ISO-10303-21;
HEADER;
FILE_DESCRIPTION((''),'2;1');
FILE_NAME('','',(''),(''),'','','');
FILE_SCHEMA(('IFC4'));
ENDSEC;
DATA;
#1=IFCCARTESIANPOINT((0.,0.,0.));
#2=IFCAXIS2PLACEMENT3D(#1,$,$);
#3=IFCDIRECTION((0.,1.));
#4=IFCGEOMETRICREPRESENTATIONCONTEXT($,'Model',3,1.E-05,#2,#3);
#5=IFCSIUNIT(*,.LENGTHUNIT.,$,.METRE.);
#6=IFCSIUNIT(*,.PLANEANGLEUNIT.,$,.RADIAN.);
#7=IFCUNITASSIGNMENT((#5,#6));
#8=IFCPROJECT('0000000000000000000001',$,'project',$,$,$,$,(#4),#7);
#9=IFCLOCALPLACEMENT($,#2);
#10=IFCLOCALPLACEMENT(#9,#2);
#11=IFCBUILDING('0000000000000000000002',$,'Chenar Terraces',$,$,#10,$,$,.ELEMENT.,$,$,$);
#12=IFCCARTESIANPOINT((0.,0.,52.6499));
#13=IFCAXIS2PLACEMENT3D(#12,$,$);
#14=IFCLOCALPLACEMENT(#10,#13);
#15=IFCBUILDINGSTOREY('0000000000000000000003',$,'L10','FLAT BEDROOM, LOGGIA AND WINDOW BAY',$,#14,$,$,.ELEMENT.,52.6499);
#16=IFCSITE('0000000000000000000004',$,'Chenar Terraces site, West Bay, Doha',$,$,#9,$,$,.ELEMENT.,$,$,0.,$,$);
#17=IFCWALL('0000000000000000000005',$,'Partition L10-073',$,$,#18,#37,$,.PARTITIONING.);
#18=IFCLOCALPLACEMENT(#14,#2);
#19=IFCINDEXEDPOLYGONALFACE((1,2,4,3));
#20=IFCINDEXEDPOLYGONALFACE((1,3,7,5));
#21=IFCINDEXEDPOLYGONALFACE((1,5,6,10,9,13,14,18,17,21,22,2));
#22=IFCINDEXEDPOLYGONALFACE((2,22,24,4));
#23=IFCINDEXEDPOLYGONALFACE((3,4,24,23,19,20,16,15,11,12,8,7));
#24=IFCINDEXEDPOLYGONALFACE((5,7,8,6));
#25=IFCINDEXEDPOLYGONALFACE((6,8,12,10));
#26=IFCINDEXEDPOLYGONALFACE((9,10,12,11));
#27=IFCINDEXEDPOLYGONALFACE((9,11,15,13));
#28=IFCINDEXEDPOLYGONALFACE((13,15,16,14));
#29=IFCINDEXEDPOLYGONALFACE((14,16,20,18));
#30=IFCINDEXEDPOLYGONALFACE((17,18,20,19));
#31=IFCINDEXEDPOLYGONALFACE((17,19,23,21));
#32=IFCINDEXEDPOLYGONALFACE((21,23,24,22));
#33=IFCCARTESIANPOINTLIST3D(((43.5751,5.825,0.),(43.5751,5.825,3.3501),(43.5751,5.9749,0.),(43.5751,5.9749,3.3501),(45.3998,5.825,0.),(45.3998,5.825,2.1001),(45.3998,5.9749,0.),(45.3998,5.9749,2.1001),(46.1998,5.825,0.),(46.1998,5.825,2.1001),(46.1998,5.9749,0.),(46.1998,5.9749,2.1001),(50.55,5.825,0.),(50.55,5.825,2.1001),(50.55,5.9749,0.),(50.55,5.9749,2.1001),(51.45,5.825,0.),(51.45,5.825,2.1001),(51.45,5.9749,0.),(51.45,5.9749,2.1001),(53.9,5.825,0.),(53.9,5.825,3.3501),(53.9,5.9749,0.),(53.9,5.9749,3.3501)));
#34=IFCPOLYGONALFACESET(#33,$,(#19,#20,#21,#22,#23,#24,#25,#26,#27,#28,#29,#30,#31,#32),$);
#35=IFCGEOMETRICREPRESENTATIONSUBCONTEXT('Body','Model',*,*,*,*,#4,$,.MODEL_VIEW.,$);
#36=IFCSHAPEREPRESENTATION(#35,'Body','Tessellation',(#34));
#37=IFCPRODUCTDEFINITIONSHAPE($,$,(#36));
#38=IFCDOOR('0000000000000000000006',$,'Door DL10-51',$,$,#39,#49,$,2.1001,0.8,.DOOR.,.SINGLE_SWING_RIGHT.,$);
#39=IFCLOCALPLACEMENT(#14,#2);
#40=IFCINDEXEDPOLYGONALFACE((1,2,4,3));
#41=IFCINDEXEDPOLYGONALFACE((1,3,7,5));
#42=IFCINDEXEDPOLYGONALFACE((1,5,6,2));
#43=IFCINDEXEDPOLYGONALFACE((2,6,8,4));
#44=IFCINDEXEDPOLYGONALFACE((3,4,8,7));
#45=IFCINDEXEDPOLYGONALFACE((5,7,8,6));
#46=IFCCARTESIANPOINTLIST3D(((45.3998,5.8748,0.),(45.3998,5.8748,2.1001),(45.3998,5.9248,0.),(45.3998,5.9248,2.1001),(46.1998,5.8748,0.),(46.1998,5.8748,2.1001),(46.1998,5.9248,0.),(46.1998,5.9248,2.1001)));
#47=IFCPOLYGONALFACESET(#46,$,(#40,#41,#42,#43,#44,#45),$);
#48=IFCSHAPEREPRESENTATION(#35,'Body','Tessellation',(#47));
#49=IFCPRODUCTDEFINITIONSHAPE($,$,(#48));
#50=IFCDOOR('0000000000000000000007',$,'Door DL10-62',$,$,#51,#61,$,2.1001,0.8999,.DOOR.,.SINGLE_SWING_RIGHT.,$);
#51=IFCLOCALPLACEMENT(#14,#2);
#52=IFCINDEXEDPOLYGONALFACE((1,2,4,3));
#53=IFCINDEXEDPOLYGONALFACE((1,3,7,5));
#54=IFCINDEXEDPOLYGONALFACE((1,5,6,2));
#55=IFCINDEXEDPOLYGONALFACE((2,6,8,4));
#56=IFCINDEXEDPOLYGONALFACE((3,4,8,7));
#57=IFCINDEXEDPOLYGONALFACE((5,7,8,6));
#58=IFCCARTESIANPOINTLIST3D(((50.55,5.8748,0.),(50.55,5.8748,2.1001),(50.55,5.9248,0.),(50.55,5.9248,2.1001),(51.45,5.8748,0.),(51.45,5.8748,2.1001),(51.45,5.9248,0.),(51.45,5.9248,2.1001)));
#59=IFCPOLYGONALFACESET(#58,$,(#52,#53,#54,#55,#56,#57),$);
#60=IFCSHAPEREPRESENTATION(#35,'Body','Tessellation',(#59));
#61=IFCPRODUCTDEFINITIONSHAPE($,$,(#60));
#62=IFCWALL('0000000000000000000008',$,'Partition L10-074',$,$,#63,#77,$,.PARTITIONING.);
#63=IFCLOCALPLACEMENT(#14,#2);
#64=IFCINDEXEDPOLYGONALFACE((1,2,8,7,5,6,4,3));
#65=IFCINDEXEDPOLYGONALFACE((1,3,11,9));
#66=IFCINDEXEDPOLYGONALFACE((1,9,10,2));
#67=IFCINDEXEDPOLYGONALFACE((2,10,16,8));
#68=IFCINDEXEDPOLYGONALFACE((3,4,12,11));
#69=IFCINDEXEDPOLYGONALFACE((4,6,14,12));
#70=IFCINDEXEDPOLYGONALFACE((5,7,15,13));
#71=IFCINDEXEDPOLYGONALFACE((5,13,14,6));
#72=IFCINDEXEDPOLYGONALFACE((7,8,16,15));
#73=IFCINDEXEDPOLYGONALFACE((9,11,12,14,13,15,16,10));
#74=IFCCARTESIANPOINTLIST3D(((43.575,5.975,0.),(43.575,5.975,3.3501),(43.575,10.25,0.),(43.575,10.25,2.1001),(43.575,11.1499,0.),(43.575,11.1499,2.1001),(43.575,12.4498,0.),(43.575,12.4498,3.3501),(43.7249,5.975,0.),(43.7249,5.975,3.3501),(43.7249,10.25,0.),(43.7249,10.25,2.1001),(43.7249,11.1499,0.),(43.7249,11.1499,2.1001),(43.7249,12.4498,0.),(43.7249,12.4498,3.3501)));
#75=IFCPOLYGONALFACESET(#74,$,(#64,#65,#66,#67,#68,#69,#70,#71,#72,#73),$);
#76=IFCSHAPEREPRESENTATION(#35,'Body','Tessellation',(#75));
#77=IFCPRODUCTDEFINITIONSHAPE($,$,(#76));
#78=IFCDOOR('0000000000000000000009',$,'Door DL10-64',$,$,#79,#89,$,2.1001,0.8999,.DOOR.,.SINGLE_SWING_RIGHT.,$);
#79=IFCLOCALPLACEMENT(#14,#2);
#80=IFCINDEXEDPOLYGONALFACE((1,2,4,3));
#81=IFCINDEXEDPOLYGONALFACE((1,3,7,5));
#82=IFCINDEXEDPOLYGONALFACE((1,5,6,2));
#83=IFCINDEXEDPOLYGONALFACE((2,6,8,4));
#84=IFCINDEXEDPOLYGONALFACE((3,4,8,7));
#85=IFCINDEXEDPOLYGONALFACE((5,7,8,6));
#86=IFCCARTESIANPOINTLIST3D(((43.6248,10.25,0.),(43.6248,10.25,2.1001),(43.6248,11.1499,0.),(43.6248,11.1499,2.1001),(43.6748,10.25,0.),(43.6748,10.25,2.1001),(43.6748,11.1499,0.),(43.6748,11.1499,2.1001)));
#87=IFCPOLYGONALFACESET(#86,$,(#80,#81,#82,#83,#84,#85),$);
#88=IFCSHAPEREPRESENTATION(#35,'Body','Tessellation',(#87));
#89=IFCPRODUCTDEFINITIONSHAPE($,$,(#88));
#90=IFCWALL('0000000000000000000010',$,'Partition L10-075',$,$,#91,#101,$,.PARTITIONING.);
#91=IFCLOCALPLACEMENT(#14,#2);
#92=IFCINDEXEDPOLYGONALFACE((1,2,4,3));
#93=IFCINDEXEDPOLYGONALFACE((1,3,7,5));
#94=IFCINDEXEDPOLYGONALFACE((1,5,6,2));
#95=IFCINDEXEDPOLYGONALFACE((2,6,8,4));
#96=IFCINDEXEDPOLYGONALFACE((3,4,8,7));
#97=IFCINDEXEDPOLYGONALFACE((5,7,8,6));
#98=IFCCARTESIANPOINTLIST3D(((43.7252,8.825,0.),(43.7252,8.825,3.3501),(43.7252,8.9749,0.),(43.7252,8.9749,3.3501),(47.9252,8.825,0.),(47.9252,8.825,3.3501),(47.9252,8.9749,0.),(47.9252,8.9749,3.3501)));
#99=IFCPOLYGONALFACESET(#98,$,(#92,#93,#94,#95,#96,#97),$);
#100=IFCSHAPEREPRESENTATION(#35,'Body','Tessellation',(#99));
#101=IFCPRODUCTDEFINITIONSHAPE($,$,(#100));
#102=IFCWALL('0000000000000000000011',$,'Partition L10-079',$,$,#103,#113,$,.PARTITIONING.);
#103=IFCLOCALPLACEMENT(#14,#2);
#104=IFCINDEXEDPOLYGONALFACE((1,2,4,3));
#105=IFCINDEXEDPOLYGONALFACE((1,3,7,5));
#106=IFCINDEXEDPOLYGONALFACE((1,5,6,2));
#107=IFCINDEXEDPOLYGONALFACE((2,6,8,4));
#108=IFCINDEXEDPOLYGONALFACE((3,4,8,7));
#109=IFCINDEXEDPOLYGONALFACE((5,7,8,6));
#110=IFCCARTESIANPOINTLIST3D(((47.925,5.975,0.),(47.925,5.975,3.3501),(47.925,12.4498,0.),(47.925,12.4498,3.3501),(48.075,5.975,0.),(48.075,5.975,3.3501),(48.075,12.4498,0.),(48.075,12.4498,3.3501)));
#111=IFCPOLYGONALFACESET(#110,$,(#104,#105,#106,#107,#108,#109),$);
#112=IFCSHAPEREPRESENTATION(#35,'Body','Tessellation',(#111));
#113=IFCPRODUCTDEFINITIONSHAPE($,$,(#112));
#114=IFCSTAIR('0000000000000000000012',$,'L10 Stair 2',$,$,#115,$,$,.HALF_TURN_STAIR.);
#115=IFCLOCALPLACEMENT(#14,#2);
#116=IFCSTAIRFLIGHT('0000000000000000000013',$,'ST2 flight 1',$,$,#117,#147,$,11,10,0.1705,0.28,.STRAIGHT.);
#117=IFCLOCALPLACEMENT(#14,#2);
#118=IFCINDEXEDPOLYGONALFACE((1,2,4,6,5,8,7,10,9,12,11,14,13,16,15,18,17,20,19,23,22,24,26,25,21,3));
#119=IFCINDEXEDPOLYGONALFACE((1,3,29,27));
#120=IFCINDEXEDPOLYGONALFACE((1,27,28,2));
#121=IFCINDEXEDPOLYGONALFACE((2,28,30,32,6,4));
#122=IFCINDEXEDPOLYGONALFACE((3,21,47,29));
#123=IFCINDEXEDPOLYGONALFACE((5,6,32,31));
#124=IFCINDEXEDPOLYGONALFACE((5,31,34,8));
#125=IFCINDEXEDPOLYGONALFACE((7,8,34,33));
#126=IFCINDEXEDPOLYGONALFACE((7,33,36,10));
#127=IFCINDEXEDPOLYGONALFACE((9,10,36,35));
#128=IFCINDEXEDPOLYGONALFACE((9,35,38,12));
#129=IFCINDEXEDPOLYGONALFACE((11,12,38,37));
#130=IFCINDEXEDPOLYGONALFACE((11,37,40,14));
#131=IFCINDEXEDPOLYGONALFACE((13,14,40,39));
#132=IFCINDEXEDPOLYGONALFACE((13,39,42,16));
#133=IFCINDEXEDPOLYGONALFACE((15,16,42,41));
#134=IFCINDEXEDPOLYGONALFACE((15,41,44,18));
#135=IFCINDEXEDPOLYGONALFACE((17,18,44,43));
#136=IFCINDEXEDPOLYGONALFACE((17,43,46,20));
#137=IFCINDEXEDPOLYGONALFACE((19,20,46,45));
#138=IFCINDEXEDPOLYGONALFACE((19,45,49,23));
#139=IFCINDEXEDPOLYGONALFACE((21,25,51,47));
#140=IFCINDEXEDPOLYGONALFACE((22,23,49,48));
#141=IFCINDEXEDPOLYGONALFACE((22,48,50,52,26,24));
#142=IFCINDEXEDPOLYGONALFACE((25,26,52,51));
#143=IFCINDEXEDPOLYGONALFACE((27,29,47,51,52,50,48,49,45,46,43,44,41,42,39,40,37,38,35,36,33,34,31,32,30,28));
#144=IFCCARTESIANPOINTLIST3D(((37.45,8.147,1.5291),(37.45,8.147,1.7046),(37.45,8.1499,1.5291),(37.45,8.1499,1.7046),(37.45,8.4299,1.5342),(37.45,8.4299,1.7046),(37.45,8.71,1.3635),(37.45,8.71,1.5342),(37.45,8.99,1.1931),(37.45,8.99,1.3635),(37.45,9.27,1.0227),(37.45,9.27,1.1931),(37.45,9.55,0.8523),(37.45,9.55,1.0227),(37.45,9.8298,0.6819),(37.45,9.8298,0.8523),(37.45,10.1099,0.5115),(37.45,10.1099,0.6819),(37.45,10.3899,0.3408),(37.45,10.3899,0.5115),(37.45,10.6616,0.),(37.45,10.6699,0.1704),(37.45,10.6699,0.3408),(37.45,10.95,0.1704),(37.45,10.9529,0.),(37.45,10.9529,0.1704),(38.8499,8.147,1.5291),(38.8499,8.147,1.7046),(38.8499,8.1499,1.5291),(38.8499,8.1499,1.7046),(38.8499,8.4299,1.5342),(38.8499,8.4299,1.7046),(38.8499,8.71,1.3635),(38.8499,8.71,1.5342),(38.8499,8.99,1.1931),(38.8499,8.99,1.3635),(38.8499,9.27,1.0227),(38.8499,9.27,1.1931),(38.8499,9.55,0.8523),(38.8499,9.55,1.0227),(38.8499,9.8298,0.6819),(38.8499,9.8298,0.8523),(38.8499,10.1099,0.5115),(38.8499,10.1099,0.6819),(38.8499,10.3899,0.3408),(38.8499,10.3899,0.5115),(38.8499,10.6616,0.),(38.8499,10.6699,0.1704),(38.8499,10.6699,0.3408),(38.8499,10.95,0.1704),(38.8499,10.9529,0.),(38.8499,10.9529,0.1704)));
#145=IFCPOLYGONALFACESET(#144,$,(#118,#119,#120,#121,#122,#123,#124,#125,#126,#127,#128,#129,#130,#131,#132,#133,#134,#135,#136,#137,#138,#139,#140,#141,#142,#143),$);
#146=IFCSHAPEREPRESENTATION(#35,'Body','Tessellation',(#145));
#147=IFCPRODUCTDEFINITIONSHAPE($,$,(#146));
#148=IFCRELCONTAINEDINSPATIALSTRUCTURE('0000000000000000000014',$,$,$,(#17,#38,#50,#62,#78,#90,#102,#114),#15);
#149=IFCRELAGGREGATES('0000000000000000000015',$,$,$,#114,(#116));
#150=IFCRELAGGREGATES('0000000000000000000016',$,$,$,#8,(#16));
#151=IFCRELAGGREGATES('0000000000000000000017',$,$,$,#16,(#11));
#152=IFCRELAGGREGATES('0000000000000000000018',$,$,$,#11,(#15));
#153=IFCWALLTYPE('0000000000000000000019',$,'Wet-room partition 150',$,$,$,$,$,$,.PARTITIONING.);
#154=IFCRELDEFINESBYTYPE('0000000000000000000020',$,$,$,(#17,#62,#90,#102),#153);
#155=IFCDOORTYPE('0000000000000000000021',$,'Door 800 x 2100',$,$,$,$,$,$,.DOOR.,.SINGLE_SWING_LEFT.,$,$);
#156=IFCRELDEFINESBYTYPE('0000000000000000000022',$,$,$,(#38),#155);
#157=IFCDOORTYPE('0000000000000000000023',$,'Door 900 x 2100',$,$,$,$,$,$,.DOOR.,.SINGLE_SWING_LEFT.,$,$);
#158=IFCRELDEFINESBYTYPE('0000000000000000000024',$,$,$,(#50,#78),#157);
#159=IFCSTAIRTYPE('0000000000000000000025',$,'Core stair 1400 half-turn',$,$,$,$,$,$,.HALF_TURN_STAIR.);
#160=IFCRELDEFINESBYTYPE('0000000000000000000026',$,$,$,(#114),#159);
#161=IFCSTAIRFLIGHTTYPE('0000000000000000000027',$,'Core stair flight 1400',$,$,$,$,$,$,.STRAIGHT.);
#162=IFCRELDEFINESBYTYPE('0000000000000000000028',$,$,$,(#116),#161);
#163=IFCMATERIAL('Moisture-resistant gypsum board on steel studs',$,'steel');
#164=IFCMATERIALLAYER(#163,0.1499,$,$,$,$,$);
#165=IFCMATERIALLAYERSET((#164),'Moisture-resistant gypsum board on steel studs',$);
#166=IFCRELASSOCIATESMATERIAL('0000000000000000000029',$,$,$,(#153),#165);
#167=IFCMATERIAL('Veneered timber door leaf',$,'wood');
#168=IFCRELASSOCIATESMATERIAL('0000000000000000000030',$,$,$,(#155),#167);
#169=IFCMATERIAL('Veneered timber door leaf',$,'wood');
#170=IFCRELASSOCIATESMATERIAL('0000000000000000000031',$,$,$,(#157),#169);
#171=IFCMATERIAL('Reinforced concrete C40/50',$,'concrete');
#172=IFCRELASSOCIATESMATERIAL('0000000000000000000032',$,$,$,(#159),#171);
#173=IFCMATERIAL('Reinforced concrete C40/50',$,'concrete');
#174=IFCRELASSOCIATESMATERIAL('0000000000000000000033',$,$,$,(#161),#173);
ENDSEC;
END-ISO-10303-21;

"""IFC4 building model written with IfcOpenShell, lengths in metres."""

from ifc_helpers import new_model, si_unit, direction, frame, frame_2d, origin, place, context, subcontext, project, spatial, polyline, rectangle, outline, extrude, material, layer, layer_set, type_object, element, fill, aggregate, save


model = new_model("IFC4")

# Units and contexts
model_context = context("Model", 3, precision=1e-05, world=origin(), true_north=direction((0.0, 1.0)))
body_context = subcontext(model_context, "Body", "Model", "MODEL_VIEW")
ifc_project = project(units=[si_unit("LENGTHUNIT", "METRE"), si_unit("PLANEANGLEUNIT", "RADIAN")], contexts=[model_context])

# Site, building, storey
site_placement = place(None, origin())
site = spatial("IfcSite", under=ifc_project, at=site_placement, Name="Chenar Terraces site, West Bay, Doha", CompositionType="ELEMENT", RefElevation=0.0)
building_placement = place(site_placement, origin())
building = spatial("IfcBuilding", under=site, at=building_placement, Name="Chenar Terraces", CompositionType="ELEMENT")
storey_placement = place(building_placement, frame((0.0, 0.0, 52.6499)))
storey = spatial("IfcBuildingStorey", under=building, at=storey_placement, Name="L10", Description="FLAT BEDROOM, LOGGIA AND WINDOW BAY", CompositionType="ELEMENT", Elevation=52.6499)

# Wall, openings, doors
ifc_material_1 = material(Name="Moisture-resistant gypsum board on steel studs", Category="steel")
ifc_layer_1 = layer(ifc_material_1, 0.1499)
ifc_layer_set_1 = layer_set([ifc_layer_1], Name="Moisture-resistant gypsum board on steel studs")
wall_type_1 = type_object("IfcWallType", Name="Wet-room partition 150", PredefinedType="PARTITIONING", material=ifc_layer_set_1)
wall_1_placement = place(storey_placement, frame((43.575, 5.8999, 0.0), z_axis=(0.0, 0.0, 1.0), x_axis=(1.0, 0.0, 0.0)))
wall_1 = element("IfcWall", 1, at=wall_1_placement, inside=storey, type_object=wall_type_1, Name="Partition L10-073", PredefinedType="PARTITIONING", context=body_context, shape_type="SweptSolid", body=[
    extrude(rectangle(XDim=10.325, YDim=0.1499, at=frame_2d((5.1626, 0.0))), origin(), (0.0, 0.0, 1.0), 3.3501),
])
opening_1_placement = place(wall_1_placement, frame((1.825, 0.0, 0.0)))
opening_1 = element("IfcOpeningElement", 2, at=opening_1_placement, cuts=wall_1, PredefinedType="OPENING", context=body_context, shape_type="SweptSolid", body=[
    extrude(rectangle(XDim=0.8, YDim=2.1001, at=frame_2d((0.3999, 1.05))), frame((0.0, 0.085, 0.0), z_axis=(0.0, -1.0, 0.0), x_axis=(1.0, 0.0, 0.0)), (0.0, 0.0, 1.0), 0.1699),
])
opening_2_placement = place(wall_1_placement, frame((6.9751, 0.0, 0.0)))
opening_2 = element("IfcOpeningElement", 3, at=opening_2_placement, cuts=wall_1, PredefinedType="OPENING", context=body_context, shape_type="SweptSolid", body=[
    extrude(rectangle(XDim=0.8999, YDim=2.1001, at=frame_2d((0.45, 1.05))), frame((0.0, 0.085, 0.0), z_axis=(0.0, -1.0, 0.0), x_axis=(1.0, 0.0, 0.0)), (0.0, 0.0, 1.0), 0.1699),
])
ifc_material_2 = material(Name="Veneered timber door leaf", Category="wood")
door_type_1 = type_object("IfcDoorType", Name="Door 800 x 2100", OperationType="SINGLE_SWING_LEFT", PredefinedType="DOOR", material=ifc_material_2)
door_1_placement = place(opening_1_placement, origin())
door_1 = element("IfcDoor", 4, at=door_1_placement, inside=storey, type_object=door_type_1, Name="Door DL10-51", OperationType="SINGLE_SWING_RIGHT", OverallHeight=2.1001, OverallWidth=0.8, PredefinedType="DOOR", context=body_context, shape_type="SweptSolid", body=[
    extrude(rectangle(XDim=0.8, YDim=2.1001, at=frame_2d((0.3999, 1.05))), frame((0.0, 0.0249, 0.0), z_axis=(0.0, -1.0, 0.0), x_axis=(1.0, 0.0, 0.0)), (0.0, 0.0, 1.0), 0.05),
])
fill(opening_1, door_1)
ifc_material_3 = material(Name="Veneered timber door leaf", Category="wood")
door_type_2 = type_object("IfcDoorType", Name="Door 900 x 2100", OperationType="SINGLE_SWING_LEFT", PredefinedType="DOOR", material=ifc_material_3)
door_2_placement = place(opening_2_placement, origin())
door_2 = element("IfcDoor", 5, at=door_2_placement, inside=storey, type_object=door_type_2, Name="Door DL10-62", OperationType="SINGLE_SWING_RIGHT", OverallHeight=2.1001, OverallWidth=0.8999, PredefinedType="DOOR", context=body_context, shape_type="SweptSolid", body=[
    extrude(rectangle(XDim=0.8999, YDim=2.1001, at=frame_2d((0.45, 1.05))), frame((0.0, 0.0249, 0.0), z_axis=(0.0, -1.0, 0.0), x_axis=(1.0, 0.0, 0.0)), (0.0, 0.0, 1.0), 0.05),
])
fill(opening_2, door_2)

# Wall, opening, door
wall_2_placement = place(storey_placement, frame((43.6499, 5.9751, 0.0), z_axis=(0.0, 0.0, 1.0), x_axis=(0.0, 1.0, 0.0)))
wall_2 = element("IfcWall", 6, at=wall_2_placement, inside=storey, type_object=wall_type_1, Name="Partition L10-074", PredefinedType="PARTITIONING", context=body_context, shape_type="SweptSolid", body=[
    extrude(rectangle(XDim=6.4749, YDim=0.1499, at=frame_2d((3.2373, 0.0))), origin(), (0.0, 0.0, 1.0), 3.3501),
])
opening_3_placement = place(wall_2_placement, frame((4.2749, 0.0, 0.0)))
opening_3 = element("IfcOpeningElement", 7, at=opening_3_placement, cuts=wall_2, PredefinedType="OPENING", context=body_context, shape_type="SweptSolid", body=[
    extrude(rectangle(XDim=0.8999, YDim=2.1001, at=frame_2d((0.45, 1.05))), frame((0.0, 0.085, 0.0), z_axis=(0.0, -1.0, 0.0), x_axis=(1.0, 0.0, 0.0)), (0.0, 0.0, 1.0), 0.1699),
])
door_3_placement = place(opening_3_placement, frame((0.8999, 0.0, 0.0), z_axis=(0.0, 0.0, 1.0), x_axis=(-1.0, 0.0, 0.0)))
door_3 = element("IfcDoor", 8, at=door_3_placement, inside=storey, type_object=door_type_2, Name="Door DL10-64", OperationType="SINGLE_SWING_RIGHT", OverallHeight=2.1001, OverallWidth=0.8999, PredefinedType="DOOR", context=body_context, shape_type="SweptSolid", body=[
    extrude(rectangle(XDim=0.8999, YDim=2.1001, at=frame_2d((0.45, 1.05))), frame((0.0, 0.0249, 0.0), z_axis=(0.0, -1.0, 0.0), x_axis=(1.0, 0.0, 0.0)), (0.0, 0.0, 1.0), 0.05),
])
fill(opening_3, door_3)

# Walls
wall_3_placement = place(storey_placement, frame((43.7251, 8.8999, 0.0), z_axis=(0.0, 0.0, 1.0), x_axis=(1.0, 0.0, 0.0)))
element("IfcWall", 9, at=wall_3_placement, inside=storey, type_object=wall_type_1, Name="Partition L10-075", PredefinedType="PARTITIONING", context=body_context, shape_type="SweptSolid", body=[
    extrude(rectangle(XDim=4.2, YDim=0.1499, at=frame_2d((2.1001, 0.0))), origin(), (0.0, 0.0, 1.0), 3.3501),
])
wall_4_placement = place(storey_placement, frame((48.0, 5.9751, 0.0), z_axis=(0.0, 0.0, 1.0), x_axis=(0.0, 1.0, 0.0)))
element("IfcWall", 10, at=wall_4_placement, inside=storey, type_object=wall_type_1, Name="Partition L10-079", PredefinedType="PARTITIONING", context=body_context, shape_type="SweptSolid", body=[
    extrude(rectangle(XDim=6.4749, YDim=0.1499, at=frame_2d((3.2373, 0.0))), origin(), (0.0, 0.0, 1.0), 3.3501),
])

# Stair, stair flight
ifc_material_4 = material(Name="Reinforced concrete C40/50", Category="concrete")
stair_type = type_object("IfcStairType", Name="Core stair 1400 half-turn", PredefinedType="HALF_TURN_STAIR", material=ifc_material_4)
stair_placement = place(storey_placement, origin())
stair = element("IfcStair", 11, at=stair_placement, inside=storey, type_object=stair_type, Name="L10 Stair 2", PredefinedType="HALF_TURN_STAIR")
ifc_material_5 = material(Name="Reinforced concrete C40/50", Category="concrete")
stair_flight_type = type_object("IfcStairFlightType", Name="Core stair flight 1400", PredefinedType="STRAIGHT", material=ifc_material_5)
stair_flight_1_placement = place(storey_placement, frame((38.1499, 10.95, 0.0), z_axis=(0.0, 0.0, 1.0), x_axis=(0.0, -1.0, 0.0)))
stair_flight_1 = element("IfcStairFlight", 12, at=stair_flight_1_placement, type_object=stair_flight_type, Name="ST2 flight 1", NumberOfRisers=11, NumberOfTreads=10, PredefinedType="STRAIGHT", RiserHeight=0.1705, TreadLength=0.28, context=body_context, shape_type="SweptSolid", body=[
    extrude(outline(polyline([(-0.0029, 0.0), (-0.0029, 0.1704), (0.0, 0.1704), (0.28, 0.1704), (0.28, 0.3408), (0.5601, 0.3408), (0.5601, 0.5115), (0.8401, 0.5115), (0.8401, 0.6819), (1.1201, 0.6819), (1.1201, 0.8523), (1.3999, 0.8523), (1.3999, 1.0227), (1.6799, 1.0227), (1.6799, 1.1931), (1.96, 1.1931), (1.96, 1.3635), (2.24, 1.3635), (2.24, 1.5342), (2.52, 1.5342), (2.52, 1.7046), (2.8, 1.7046), (2.803, 1.7046), (2.803, 1.5291), (2.8, 1.5291), (0.2883, 0.0), (-0.0029, 0.0)])), frame((0.0, 0.7, 0.0), z_axis=(0.0, -1.0, 0.0), x_axis=(1.0, 0.0, 0.0)), (0.0, 0.0, 1.0), 1.3999),
])
aggregate(stair, [stair_flight_1])

save(model, "model.ifc")
